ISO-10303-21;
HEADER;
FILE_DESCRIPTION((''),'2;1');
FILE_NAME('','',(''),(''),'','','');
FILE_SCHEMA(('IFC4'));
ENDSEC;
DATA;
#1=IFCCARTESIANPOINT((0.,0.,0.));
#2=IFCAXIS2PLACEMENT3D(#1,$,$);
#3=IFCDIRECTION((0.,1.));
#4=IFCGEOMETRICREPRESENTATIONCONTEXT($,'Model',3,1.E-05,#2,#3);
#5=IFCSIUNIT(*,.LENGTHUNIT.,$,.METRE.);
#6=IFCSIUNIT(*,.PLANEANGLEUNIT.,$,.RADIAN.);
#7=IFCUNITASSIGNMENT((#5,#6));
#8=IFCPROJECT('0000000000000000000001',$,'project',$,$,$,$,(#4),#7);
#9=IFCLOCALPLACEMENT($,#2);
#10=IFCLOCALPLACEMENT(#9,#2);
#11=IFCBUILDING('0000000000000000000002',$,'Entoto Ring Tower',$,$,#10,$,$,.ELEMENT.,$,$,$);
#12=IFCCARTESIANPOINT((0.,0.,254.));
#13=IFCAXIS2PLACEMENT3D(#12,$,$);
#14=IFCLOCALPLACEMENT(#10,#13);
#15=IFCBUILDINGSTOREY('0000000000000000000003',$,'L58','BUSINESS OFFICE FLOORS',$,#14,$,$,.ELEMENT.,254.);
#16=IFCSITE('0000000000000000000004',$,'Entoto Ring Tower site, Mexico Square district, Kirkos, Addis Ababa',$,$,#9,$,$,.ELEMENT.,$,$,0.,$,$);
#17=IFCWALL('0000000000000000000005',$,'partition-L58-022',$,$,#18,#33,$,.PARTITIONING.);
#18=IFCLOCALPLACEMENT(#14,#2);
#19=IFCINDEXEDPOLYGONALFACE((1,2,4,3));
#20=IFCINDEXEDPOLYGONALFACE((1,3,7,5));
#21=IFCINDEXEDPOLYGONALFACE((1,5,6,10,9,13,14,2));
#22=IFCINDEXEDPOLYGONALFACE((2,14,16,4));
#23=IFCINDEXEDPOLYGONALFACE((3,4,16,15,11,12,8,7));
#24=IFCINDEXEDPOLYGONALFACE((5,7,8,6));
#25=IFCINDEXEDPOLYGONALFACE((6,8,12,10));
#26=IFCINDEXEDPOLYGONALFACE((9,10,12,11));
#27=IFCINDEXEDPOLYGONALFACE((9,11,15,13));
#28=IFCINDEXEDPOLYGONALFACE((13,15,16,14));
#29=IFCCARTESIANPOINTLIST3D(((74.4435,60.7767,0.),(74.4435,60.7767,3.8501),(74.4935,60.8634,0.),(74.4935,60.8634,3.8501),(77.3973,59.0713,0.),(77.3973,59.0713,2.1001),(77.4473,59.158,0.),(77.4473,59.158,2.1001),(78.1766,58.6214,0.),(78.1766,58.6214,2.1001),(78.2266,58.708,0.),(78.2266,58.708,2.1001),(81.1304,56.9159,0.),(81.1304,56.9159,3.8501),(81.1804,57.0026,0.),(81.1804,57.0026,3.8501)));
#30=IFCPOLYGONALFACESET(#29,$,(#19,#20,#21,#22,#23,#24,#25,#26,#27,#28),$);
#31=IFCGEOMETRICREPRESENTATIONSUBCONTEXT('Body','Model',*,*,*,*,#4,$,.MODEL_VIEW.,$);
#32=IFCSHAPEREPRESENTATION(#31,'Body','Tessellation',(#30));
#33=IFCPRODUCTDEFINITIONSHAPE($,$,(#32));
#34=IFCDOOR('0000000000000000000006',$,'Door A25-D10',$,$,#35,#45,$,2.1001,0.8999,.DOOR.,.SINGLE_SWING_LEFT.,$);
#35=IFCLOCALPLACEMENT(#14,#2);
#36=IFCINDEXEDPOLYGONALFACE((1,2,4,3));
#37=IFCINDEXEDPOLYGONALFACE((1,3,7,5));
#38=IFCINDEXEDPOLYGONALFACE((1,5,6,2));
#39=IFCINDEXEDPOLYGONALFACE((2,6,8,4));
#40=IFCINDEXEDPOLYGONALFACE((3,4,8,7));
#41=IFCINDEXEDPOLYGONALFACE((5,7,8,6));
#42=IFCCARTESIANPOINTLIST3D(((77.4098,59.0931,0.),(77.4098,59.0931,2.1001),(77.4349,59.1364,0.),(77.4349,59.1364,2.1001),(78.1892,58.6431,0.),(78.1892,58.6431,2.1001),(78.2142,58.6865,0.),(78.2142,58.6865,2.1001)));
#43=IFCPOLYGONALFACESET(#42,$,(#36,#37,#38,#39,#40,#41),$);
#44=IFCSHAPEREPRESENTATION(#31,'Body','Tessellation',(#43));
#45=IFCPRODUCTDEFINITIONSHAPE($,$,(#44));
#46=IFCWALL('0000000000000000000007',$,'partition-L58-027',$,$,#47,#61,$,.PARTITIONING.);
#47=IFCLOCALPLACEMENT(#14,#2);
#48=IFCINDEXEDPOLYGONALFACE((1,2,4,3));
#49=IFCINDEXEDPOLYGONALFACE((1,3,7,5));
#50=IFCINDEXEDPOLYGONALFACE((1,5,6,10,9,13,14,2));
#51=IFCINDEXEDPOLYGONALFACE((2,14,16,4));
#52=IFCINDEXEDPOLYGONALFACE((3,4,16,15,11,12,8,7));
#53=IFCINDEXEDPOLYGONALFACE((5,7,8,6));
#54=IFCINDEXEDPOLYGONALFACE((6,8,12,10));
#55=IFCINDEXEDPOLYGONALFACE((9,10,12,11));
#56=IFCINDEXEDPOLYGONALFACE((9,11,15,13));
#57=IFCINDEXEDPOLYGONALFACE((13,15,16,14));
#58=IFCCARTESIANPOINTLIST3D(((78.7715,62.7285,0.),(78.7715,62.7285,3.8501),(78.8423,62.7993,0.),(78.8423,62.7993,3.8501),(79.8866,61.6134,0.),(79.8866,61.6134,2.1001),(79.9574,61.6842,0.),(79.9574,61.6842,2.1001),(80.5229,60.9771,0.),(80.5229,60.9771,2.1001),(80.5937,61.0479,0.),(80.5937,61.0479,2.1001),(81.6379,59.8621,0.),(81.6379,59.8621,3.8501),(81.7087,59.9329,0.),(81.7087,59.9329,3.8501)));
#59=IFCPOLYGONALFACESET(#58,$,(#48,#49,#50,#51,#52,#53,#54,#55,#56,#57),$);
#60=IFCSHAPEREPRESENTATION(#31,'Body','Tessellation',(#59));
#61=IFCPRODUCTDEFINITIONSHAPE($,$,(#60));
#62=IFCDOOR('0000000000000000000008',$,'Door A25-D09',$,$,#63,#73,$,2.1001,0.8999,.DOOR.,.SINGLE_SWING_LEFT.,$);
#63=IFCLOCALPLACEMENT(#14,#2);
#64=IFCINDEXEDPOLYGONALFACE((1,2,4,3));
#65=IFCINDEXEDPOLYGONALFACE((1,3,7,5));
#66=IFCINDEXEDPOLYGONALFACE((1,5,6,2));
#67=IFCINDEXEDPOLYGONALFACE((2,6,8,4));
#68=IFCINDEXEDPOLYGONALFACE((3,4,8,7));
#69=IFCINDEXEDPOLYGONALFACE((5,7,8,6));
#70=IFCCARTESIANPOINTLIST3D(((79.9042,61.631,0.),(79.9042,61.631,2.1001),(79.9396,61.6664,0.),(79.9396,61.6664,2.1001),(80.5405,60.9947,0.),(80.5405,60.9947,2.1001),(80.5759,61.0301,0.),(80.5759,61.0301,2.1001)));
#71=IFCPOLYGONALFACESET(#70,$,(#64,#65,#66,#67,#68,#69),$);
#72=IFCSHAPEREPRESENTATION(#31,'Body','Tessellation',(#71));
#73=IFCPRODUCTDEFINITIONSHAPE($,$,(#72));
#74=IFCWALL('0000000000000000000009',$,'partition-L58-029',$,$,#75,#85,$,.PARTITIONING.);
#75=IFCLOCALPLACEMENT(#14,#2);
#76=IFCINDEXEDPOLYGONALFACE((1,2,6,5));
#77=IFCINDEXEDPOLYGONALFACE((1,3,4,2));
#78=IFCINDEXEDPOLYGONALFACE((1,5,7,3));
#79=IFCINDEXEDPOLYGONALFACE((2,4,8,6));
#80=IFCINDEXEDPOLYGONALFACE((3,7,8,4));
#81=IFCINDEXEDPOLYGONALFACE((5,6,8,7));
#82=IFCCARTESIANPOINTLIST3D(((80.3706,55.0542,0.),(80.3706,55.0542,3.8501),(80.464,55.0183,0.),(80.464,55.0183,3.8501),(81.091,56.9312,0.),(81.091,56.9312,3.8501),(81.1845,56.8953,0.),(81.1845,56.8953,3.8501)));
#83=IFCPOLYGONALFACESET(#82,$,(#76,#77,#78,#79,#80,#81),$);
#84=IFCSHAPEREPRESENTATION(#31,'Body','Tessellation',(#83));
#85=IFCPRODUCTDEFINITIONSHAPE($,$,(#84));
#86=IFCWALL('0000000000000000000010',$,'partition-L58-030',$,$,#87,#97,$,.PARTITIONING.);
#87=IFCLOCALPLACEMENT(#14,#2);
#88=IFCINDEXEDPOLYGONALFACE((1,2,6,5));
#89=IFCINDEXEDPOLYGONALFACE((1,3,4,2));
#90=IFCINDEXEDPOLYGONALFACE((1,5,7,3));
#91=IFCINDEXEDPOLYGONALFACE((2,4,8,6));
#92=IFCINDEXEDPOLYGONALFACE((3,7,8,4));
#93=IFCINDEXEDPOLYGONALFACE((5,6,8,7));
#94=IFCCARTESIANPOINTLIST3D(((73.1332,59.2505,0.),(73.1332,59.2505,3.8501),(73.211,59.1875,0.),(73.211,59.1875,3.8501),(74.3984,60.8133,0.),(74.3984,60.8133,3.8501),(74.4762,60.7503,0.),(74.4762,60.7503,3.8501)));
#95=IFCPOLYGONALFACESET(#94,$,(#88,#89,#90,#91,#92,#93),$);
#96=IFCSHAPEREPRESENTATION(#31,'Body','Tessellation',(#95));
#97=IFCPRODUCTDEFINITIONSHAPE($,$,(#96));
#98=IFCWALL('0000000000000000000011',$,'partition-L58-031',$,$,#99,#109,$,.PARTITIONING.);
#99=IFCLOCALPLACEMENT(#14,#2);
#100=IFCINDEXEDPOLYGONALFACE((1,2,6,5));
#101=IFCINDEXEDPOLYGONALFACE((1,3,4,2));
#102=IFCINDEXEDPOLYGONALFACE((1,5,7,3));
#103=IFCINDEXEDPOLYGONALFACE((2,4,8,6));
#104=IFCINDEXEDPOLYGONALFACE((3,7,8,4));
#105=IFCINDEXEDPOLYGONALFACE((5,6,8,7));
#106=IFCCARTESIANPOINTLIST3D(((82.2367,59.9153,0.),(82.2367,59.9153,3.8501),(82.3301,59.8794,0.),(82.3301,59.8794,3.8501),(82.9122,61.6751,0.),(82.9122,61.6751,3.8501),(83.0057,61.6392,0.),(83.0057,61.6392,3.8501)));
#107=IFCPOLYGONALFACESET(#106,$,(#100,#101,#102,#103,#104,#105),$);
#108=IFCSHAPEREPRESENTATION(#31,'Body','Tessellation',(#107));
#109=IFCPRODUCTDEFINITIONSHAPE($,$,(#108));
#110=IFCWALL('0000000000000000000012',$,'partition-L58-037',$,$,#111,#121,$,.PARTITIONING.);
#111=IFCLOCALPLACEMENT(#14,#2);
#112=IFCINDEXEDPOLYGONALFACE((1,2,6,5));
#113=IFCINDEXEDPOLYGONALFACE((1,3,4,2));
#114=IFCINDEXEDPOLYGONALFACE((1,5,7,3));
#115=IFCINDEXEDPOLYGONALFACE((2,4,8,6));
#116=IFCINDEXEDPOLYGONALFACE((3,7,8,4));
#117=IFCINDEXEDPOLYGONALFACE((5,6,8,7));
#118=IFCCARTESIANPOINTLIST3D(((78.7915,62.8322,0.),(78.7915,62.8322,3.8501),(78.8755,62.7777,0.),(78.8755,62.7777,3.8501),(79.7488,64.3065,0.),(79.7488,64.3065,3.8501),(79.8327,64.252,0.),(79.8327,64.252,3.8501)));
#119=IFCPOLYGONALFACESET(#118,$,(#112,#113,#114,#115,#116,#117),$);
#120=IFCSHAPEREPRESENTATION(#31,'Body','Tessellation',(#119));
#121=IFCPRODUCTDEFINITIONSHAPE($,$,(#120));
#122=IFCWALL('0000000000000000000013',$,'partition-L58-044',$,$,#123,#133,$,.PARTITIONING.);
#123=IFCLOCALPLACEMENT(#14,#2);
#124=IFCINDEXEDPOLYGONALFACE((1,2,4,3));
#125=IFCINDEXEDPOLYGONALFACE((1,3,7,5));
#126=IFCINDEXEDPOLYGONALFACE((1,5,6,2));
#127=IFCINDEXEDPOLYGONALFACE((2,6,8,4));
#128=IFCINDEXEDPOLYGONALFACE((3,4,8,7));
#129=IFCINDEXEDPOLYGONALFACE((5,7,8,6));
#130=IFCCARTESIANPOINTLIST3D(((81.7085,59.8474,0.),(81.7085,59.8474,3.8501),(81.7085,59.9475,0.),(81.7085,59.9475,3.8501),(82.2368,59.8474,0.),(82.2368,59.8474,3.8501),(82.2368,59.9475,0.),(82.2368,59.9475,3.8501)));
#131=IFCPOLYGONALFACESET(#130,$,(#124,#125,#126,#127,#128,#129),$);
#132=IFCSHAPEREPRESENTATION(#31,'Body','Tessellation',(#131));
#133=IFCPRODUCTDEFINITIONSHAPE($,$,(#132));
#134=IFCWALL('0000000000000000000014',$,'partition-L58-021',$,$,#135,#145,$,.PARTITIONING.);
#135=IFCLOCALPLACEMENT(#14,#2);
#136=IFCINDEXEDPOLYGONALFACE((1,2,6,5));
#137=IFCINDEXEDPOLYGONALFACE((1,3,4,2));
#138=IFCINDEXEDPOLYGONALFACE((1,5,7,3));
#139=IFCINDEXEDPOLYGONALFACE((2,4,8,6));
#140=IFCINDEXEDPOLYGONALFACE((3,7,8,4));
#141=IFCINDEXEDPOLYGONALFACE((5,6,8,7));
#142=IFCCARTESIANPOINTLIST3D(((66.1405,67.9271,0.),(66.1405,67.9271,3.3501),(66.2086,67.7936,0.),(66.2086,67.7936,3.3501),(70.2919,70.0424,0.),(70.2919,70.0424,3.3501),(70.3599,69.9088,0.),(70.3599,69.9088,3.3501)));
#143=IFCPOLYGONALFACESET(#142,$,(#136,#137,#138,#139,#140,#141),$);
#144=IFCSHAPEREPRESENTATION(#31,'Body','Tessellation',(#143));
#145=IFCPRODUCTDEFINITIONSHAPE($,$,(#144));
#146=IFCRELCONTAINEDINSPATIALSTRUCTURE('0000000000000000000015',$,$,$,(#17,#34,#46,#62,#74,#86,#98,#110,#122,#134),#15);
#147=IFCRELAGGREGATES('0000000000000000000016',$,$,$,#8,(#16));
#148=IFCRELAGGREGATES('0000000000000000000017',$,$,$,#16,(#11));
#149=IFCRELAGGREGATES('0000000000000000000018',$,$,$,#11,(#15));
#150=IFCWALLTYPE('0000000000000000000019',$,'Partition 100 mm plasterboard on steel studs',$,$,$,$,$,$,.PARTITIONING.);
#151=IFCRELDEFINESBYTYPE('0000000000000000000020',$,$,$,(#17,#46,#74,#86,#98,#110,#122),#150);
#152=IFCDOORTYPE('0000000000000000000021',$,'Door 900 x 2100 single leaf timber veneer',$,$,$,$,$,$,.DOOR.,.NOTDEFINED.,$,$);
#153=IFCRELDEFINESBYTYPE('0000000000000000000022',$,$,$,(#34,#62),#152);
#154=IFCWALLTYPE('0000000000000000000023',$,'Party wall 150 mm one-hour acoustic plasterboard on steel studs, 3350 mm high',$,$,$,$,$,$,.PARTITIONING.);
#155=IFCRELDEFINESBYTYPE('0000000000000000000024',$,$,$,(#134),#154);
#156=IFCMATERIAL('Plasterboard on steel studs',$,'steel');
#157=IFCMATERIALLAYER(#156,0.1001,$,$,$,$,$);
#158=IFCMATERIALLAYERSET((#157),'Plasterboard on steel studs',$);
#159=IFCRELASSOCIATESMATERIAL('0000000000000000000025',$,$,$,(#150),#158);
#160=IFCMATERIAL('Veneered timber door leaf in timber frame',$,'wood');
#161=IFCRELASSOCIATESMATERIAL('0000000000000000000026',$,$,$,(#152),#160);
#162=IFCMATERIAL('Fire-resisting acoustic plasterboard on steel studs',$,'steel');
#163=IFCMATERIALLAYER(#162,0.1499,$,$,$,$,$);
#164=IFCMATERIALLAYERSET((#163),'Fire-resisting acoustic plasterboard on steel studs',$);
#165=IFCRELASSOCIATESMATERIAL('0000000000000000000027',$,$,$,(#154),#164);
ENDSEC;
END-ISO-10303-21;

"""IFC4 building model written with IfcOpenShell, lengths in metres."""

from ifc_helpers import new_model, si_unit, direction, frame, frame_2d, origin, place, context, subcontext, project, spatial, rectangle, extrude, material, layer, layer_set, type_object, element, fill, save


model = new_model("IFC4")

# Units and contexts
model_context = context("Model", 3, precision=1e-05, world=origin(), true_north=direction((0.0, 1.0)))
body_context = subcontext(model_context, "Body", "Model", "MODEL_VIEW")
ifc_project = project(units=[si_unit("LENGTHUNIT", "METRE"), si_unit("PLANEANGLEUNIT", "RADIAN")], contexts=[model_context])

# Site, building, storey
site_placement = place(None, origin())
site = spatial("IfcSite", under=ifc_project, at=site_placement, Name="Entoto Ring Tower site, Mexico Square district, Kirkos, Addis Ababa", CompositionType="ELEMENT", RefElevation=0.0)
building_placement = place(site_placement, origin())
building = spatial("IfcBuilding", under=site, at=building_placement, Name="Entoto Ring Tower", CompositionType="ELEMENT")
storey_placement = place(building_placement, frame((0.0, 0.0, 254.0)))
storey = spatial("IfcBuildingStorey", under=building, at=storey_placement, Name="L58", Description="BUSINESS OFFICE FLOORS", CompositionType="ELEMENT", Elevation=254.0)

# Walls, openings, doors
ifc_material_1 = material(Name="Plasterboard on steel studs", Category="steel")
ifc_layer_1 = layer(ifc_material_1, 0.1001)
ifc_layer_set_1 = layer_set([ifc_layer_1], Name="Plasterboard on steel studs")
wall_type_1 = type_object("IfcWallType", Name="Partition 100 mm plasterboard on steel studs", PredefinedType="PARTITIONING", material=ifc_layer_set_1)
wall_1_placement = place(storey_placement, frame((81.1555, 56.9592, 0.0), z_axis=(0.0, 0.0, 1.0), x_axis=(-0.86602, 0.500009, 0.0)))
wall_1 = element("IfcWall", 1, at=wall_1_placement, inside=storey, type_object=wall_type_1, Name="partition-L58-022", PredefinedType="PARTITIONING", context=body_context, shape_type="SweptSolid", body=[
    extrude(rectangle(XDim=7.7214, YDim=0.1001, at=frame_2d((3.8608, 0.0))), origin(), (0.0, 0.0, 1.0), 3.8501),
])
opening_1_placement = place(wall_1_placement, frame((3.4109, 0.0, 0.0)))
opening_1 = element("IfcOpeningElement", 2, at=opening_1_placement, cuts=wall_1, PredefinedType="OPENING", context=body_context, shape_type="SweptSolid", body=[
    extrude(rectangle(XDim=0.8999, YDim=2.1001, at=frame_2d((0.45, 1.05))), frame((0.0, 0.0601, 0.0), z_axis=(0.0, -1.0, 0.0), x_axis=(1.0, 0.0, 0.0)), (0.0, 0.0, 1.0), 0.1201),
])
ifc_material_2 = material(Name="Veneered timber door leaf in timber frame", Category="wood")
door_type_1 = type_object("IfcDoorType", Name="Door 900 x 2100 single leaf timber veneer", OperationType="NOTDEFINED", PredefinedType="DOOR", material=ifc_material_2)
door_1_placement = place(opening_1_placement, origin())
door_1 = element("IfcDoor", 3, at=door_1_placement, inside=storey, type_object=door_type_1, Name="Door A25-D10", OperationType="SINGLE_SWING_LEFT", OverallHeight=2.1001, OverallWidth=0.8999, PredefinedType="DOOR", context=body_context, shape_type="SweptSolid", body=[
    extrude(rectangle(XDim=0.8999, YDim=2.1001, at=frame_2d((0.45, 1.05))), frame((0.0, 0.0249, 0.0), z_axis=(0.0, -1.0, 0.0), x_axis=(1.0, 0.0, 0.0)), (0.0, 0.0, 1.0), 0.05),
])
fill(opening_1, door_1)
wall_2_placement = place(storey_placement, frame((81.6733, 59.8975, 0.0), z_axis=(0.0, 0.0, 1.0), x_axis=(-0.707107, 0.707107, 0.0)))
wall_2 = element("IfcWall", 4, at=wall_2_placement, inside=storey, type_object=wall_type_1, Name="partition-L58-027", PredefinedType="PARTITIONING", context=body_context, shape_type="SweptSolid", body=[
    extrude(rectangle(XDim=4.0537, YDim=0.1001, at=frame_2d((2.0269, 0.0))), origin(), (0.0, 0.0, 1.0), 3.8501),
])
opening_2_placement = place(wall_2_placement, frame((1.5769, 0.0, 0.0)))
opening_2 = element("IfcOpeningElement", 5, at=opening_2_placement, cuts=wall_2, PredefinedType="OPENING", context=body_context, shape_type="SweptSolid", body=[
    extrude(rectangle(XDim=0.8999, YDim=2.1001, at=frame_2d((0.45, 1.05))), frame((0.0, 0.0601, 0.0), z_axis=(0.0, -1.0, 0.0), x_axis=(1.0, 0.0, 0.0)), (0.0, 0.0, 1.0), 0.1201),
])
door_2_placement = place(opening_2_placement, frame((0.8999, 0.0, 0.0), z_axis=(0.0, 0.0, 1.0), x_axis=(-1.0, 0.0, 0.0)))
door_2 = element("IfcDoor", 6, at=door_2_placement, inside=storey, type_object=door_type_1, Name="Door A25-D09", OperationType="SINGLE_SWING_LEFT", OverallHeight=2.1001, OverallWidth=0.8999, PredefinedType="DOOR", context=body_context, shape_type="SweptSolid", body=[
    extrude(rectangle(XDim=0.8999, YDim=2.1001, at=frame_2d((0.45, 1.05))), frame((0.0, 0.0249, 0.0), z_axis=(0.0, -1.0, 0.0), x_axis=(1.0, 0.0, 0.0)), (0.0, 0.0, 1.0), 0.05),
])
fill(opening_2, door_2)

# Walls
wall_3_placement = place(storey_placement, frame((80.4172, 55.0361, 0.0), z_axis=(0.0, 0.0, 1.0), x_axis=(0.358352, 0.933586, 0.0)))
element("IfcWall", 7, at=wall_3_placement, inside=storey, type_object=wall_type_1, Name="partition-L58-029", PredefinedType="PARTITIONING", context=body_context, shape_type="SweptSolid", body=[
    extrude(rectangle(XDim=2.0105, YDim=0.1001, at=frame_2d((1.0054, 0.0))), origin(), (0.0, 0.0, 1.0), 3.8501),
])
wall_4_placement = place(storey_placement, frame((73.1721, 59.219, 0.0), z_axis=(0.0, 0.0, 1.0), x_axis=(0.629216, 0.777231, 0.0)))
element("IfcWall", 8, at=wall_4_placement, inside=storey, type_object=wall_type_1, Name="partition-L58-030", PredefinedType="PARTITIONING", context=body_context, shape_type="SweptSolid", body=[
    extrude(rectangle(XDim=2.0107, YDim=0.1001, at=frame_2d((1.0054, 0.0))), origin(), (0.0, 0.0, 1.0), 3.8501),
])
wall_5_placement = place(storey_placement, frame((82.2834, 59.8975, 0.0), z_axis=(0.0, 0.0, 1.0), x_axis=(0.35838, 0.933576, 0.0)))
element("IfcWall", 9, at=wall_5_placement, inside=storey, type_object=wall_type_1, Name="partition-L58-031", PredefinedType="PARTITIONING", context=body_context, shape_type="SweptSolid", body=[
    extrude(rectangle(XDim=1.885, YDim=0.1001, at=frame_2d((0.9424, 0.0))), origin(), (0.0, 0.0, 1.0), 3.8501),
])
wall_6_placement = place(storey_placement, frame((78.8335, 62.8049, 0.0), z_axis=(0.0, 0.0, 1.0), x_axis=(0.544564, 0.83872, 0.0)))
element("IfcWall", 10, at=wall_6_placement, inside=storey, type_object=wall_type_1, Name="partition-L58-037", PredefinedType="PARTITIONING", context=body_context, shape_type="SweptSolid", body=[
    extrude(rectangle(XDim=1.7578, YDim=0.1001, at=frame_2d((0.8789, 0.0))), origin(), (0.0, 0.0, 1.0), 3.8501),
])
wall_7_placement = place(storey_placement, frame((81.7085, 59.8975, 0.0), z_axis=(0.0, 0.0, 1.0), x_axis=(1.0, 0.0, 0.0)))
element("IfcWall", 11, at=wall_7_placement, inside=storey, type_object=wall_type_1, Name="partition-L58-044", PredefinedType="PARTITIONING", context=body_context, shape_type="SweptSolid", body=[
    extrude(rectangle(XDim=0.5283, YDim=0.1001, at=frame_2d((0.2642, 0.0))), origin(), (0.0, 0.0, 1.0), 3.8501),
])
ifc_material_3 = material(Name="Fire-resisting acoustic plasterboard on steel studs", Category="steel")
ifc_layer_2 = layer(ifc_material_3, 0.1499)
ifc_layer_set_2 = layer_set([ifc_layer_2], Name="Fire-resisting acoustic plasterboard on steel studs")
wall_type_2 = type_object("IfcWallType", Name="Party wall 150 mm one-hour acoustic plasterboard on steel studs, 3350 mm high", PredefinedType="PARTITIONING", material=ifc_layer_set_2)
wall_8_placement = place(storey_placement, frame((66.1746, 67.8604, 0.0), z_axis=(0.0, 0.0, 1.0), x_axis=(0.891006, 0.453992, 0.0)))
element("IfcWall", 12, at=wall_8_placement, inside=storey, type_object=wall_type_2, Name="partition-L58-021", PredefinedType="PARTITIONING", context=body_context, shape_type="SweptSolid", body=[
    extrude(rectangle(XDim=4.6592, YDim=0.1499, at=frame_2d((2.3296, 0.0))), origin(), (0.0, 0.0, 1.0), 3.3501),
])

save(model, "model.ifc")
